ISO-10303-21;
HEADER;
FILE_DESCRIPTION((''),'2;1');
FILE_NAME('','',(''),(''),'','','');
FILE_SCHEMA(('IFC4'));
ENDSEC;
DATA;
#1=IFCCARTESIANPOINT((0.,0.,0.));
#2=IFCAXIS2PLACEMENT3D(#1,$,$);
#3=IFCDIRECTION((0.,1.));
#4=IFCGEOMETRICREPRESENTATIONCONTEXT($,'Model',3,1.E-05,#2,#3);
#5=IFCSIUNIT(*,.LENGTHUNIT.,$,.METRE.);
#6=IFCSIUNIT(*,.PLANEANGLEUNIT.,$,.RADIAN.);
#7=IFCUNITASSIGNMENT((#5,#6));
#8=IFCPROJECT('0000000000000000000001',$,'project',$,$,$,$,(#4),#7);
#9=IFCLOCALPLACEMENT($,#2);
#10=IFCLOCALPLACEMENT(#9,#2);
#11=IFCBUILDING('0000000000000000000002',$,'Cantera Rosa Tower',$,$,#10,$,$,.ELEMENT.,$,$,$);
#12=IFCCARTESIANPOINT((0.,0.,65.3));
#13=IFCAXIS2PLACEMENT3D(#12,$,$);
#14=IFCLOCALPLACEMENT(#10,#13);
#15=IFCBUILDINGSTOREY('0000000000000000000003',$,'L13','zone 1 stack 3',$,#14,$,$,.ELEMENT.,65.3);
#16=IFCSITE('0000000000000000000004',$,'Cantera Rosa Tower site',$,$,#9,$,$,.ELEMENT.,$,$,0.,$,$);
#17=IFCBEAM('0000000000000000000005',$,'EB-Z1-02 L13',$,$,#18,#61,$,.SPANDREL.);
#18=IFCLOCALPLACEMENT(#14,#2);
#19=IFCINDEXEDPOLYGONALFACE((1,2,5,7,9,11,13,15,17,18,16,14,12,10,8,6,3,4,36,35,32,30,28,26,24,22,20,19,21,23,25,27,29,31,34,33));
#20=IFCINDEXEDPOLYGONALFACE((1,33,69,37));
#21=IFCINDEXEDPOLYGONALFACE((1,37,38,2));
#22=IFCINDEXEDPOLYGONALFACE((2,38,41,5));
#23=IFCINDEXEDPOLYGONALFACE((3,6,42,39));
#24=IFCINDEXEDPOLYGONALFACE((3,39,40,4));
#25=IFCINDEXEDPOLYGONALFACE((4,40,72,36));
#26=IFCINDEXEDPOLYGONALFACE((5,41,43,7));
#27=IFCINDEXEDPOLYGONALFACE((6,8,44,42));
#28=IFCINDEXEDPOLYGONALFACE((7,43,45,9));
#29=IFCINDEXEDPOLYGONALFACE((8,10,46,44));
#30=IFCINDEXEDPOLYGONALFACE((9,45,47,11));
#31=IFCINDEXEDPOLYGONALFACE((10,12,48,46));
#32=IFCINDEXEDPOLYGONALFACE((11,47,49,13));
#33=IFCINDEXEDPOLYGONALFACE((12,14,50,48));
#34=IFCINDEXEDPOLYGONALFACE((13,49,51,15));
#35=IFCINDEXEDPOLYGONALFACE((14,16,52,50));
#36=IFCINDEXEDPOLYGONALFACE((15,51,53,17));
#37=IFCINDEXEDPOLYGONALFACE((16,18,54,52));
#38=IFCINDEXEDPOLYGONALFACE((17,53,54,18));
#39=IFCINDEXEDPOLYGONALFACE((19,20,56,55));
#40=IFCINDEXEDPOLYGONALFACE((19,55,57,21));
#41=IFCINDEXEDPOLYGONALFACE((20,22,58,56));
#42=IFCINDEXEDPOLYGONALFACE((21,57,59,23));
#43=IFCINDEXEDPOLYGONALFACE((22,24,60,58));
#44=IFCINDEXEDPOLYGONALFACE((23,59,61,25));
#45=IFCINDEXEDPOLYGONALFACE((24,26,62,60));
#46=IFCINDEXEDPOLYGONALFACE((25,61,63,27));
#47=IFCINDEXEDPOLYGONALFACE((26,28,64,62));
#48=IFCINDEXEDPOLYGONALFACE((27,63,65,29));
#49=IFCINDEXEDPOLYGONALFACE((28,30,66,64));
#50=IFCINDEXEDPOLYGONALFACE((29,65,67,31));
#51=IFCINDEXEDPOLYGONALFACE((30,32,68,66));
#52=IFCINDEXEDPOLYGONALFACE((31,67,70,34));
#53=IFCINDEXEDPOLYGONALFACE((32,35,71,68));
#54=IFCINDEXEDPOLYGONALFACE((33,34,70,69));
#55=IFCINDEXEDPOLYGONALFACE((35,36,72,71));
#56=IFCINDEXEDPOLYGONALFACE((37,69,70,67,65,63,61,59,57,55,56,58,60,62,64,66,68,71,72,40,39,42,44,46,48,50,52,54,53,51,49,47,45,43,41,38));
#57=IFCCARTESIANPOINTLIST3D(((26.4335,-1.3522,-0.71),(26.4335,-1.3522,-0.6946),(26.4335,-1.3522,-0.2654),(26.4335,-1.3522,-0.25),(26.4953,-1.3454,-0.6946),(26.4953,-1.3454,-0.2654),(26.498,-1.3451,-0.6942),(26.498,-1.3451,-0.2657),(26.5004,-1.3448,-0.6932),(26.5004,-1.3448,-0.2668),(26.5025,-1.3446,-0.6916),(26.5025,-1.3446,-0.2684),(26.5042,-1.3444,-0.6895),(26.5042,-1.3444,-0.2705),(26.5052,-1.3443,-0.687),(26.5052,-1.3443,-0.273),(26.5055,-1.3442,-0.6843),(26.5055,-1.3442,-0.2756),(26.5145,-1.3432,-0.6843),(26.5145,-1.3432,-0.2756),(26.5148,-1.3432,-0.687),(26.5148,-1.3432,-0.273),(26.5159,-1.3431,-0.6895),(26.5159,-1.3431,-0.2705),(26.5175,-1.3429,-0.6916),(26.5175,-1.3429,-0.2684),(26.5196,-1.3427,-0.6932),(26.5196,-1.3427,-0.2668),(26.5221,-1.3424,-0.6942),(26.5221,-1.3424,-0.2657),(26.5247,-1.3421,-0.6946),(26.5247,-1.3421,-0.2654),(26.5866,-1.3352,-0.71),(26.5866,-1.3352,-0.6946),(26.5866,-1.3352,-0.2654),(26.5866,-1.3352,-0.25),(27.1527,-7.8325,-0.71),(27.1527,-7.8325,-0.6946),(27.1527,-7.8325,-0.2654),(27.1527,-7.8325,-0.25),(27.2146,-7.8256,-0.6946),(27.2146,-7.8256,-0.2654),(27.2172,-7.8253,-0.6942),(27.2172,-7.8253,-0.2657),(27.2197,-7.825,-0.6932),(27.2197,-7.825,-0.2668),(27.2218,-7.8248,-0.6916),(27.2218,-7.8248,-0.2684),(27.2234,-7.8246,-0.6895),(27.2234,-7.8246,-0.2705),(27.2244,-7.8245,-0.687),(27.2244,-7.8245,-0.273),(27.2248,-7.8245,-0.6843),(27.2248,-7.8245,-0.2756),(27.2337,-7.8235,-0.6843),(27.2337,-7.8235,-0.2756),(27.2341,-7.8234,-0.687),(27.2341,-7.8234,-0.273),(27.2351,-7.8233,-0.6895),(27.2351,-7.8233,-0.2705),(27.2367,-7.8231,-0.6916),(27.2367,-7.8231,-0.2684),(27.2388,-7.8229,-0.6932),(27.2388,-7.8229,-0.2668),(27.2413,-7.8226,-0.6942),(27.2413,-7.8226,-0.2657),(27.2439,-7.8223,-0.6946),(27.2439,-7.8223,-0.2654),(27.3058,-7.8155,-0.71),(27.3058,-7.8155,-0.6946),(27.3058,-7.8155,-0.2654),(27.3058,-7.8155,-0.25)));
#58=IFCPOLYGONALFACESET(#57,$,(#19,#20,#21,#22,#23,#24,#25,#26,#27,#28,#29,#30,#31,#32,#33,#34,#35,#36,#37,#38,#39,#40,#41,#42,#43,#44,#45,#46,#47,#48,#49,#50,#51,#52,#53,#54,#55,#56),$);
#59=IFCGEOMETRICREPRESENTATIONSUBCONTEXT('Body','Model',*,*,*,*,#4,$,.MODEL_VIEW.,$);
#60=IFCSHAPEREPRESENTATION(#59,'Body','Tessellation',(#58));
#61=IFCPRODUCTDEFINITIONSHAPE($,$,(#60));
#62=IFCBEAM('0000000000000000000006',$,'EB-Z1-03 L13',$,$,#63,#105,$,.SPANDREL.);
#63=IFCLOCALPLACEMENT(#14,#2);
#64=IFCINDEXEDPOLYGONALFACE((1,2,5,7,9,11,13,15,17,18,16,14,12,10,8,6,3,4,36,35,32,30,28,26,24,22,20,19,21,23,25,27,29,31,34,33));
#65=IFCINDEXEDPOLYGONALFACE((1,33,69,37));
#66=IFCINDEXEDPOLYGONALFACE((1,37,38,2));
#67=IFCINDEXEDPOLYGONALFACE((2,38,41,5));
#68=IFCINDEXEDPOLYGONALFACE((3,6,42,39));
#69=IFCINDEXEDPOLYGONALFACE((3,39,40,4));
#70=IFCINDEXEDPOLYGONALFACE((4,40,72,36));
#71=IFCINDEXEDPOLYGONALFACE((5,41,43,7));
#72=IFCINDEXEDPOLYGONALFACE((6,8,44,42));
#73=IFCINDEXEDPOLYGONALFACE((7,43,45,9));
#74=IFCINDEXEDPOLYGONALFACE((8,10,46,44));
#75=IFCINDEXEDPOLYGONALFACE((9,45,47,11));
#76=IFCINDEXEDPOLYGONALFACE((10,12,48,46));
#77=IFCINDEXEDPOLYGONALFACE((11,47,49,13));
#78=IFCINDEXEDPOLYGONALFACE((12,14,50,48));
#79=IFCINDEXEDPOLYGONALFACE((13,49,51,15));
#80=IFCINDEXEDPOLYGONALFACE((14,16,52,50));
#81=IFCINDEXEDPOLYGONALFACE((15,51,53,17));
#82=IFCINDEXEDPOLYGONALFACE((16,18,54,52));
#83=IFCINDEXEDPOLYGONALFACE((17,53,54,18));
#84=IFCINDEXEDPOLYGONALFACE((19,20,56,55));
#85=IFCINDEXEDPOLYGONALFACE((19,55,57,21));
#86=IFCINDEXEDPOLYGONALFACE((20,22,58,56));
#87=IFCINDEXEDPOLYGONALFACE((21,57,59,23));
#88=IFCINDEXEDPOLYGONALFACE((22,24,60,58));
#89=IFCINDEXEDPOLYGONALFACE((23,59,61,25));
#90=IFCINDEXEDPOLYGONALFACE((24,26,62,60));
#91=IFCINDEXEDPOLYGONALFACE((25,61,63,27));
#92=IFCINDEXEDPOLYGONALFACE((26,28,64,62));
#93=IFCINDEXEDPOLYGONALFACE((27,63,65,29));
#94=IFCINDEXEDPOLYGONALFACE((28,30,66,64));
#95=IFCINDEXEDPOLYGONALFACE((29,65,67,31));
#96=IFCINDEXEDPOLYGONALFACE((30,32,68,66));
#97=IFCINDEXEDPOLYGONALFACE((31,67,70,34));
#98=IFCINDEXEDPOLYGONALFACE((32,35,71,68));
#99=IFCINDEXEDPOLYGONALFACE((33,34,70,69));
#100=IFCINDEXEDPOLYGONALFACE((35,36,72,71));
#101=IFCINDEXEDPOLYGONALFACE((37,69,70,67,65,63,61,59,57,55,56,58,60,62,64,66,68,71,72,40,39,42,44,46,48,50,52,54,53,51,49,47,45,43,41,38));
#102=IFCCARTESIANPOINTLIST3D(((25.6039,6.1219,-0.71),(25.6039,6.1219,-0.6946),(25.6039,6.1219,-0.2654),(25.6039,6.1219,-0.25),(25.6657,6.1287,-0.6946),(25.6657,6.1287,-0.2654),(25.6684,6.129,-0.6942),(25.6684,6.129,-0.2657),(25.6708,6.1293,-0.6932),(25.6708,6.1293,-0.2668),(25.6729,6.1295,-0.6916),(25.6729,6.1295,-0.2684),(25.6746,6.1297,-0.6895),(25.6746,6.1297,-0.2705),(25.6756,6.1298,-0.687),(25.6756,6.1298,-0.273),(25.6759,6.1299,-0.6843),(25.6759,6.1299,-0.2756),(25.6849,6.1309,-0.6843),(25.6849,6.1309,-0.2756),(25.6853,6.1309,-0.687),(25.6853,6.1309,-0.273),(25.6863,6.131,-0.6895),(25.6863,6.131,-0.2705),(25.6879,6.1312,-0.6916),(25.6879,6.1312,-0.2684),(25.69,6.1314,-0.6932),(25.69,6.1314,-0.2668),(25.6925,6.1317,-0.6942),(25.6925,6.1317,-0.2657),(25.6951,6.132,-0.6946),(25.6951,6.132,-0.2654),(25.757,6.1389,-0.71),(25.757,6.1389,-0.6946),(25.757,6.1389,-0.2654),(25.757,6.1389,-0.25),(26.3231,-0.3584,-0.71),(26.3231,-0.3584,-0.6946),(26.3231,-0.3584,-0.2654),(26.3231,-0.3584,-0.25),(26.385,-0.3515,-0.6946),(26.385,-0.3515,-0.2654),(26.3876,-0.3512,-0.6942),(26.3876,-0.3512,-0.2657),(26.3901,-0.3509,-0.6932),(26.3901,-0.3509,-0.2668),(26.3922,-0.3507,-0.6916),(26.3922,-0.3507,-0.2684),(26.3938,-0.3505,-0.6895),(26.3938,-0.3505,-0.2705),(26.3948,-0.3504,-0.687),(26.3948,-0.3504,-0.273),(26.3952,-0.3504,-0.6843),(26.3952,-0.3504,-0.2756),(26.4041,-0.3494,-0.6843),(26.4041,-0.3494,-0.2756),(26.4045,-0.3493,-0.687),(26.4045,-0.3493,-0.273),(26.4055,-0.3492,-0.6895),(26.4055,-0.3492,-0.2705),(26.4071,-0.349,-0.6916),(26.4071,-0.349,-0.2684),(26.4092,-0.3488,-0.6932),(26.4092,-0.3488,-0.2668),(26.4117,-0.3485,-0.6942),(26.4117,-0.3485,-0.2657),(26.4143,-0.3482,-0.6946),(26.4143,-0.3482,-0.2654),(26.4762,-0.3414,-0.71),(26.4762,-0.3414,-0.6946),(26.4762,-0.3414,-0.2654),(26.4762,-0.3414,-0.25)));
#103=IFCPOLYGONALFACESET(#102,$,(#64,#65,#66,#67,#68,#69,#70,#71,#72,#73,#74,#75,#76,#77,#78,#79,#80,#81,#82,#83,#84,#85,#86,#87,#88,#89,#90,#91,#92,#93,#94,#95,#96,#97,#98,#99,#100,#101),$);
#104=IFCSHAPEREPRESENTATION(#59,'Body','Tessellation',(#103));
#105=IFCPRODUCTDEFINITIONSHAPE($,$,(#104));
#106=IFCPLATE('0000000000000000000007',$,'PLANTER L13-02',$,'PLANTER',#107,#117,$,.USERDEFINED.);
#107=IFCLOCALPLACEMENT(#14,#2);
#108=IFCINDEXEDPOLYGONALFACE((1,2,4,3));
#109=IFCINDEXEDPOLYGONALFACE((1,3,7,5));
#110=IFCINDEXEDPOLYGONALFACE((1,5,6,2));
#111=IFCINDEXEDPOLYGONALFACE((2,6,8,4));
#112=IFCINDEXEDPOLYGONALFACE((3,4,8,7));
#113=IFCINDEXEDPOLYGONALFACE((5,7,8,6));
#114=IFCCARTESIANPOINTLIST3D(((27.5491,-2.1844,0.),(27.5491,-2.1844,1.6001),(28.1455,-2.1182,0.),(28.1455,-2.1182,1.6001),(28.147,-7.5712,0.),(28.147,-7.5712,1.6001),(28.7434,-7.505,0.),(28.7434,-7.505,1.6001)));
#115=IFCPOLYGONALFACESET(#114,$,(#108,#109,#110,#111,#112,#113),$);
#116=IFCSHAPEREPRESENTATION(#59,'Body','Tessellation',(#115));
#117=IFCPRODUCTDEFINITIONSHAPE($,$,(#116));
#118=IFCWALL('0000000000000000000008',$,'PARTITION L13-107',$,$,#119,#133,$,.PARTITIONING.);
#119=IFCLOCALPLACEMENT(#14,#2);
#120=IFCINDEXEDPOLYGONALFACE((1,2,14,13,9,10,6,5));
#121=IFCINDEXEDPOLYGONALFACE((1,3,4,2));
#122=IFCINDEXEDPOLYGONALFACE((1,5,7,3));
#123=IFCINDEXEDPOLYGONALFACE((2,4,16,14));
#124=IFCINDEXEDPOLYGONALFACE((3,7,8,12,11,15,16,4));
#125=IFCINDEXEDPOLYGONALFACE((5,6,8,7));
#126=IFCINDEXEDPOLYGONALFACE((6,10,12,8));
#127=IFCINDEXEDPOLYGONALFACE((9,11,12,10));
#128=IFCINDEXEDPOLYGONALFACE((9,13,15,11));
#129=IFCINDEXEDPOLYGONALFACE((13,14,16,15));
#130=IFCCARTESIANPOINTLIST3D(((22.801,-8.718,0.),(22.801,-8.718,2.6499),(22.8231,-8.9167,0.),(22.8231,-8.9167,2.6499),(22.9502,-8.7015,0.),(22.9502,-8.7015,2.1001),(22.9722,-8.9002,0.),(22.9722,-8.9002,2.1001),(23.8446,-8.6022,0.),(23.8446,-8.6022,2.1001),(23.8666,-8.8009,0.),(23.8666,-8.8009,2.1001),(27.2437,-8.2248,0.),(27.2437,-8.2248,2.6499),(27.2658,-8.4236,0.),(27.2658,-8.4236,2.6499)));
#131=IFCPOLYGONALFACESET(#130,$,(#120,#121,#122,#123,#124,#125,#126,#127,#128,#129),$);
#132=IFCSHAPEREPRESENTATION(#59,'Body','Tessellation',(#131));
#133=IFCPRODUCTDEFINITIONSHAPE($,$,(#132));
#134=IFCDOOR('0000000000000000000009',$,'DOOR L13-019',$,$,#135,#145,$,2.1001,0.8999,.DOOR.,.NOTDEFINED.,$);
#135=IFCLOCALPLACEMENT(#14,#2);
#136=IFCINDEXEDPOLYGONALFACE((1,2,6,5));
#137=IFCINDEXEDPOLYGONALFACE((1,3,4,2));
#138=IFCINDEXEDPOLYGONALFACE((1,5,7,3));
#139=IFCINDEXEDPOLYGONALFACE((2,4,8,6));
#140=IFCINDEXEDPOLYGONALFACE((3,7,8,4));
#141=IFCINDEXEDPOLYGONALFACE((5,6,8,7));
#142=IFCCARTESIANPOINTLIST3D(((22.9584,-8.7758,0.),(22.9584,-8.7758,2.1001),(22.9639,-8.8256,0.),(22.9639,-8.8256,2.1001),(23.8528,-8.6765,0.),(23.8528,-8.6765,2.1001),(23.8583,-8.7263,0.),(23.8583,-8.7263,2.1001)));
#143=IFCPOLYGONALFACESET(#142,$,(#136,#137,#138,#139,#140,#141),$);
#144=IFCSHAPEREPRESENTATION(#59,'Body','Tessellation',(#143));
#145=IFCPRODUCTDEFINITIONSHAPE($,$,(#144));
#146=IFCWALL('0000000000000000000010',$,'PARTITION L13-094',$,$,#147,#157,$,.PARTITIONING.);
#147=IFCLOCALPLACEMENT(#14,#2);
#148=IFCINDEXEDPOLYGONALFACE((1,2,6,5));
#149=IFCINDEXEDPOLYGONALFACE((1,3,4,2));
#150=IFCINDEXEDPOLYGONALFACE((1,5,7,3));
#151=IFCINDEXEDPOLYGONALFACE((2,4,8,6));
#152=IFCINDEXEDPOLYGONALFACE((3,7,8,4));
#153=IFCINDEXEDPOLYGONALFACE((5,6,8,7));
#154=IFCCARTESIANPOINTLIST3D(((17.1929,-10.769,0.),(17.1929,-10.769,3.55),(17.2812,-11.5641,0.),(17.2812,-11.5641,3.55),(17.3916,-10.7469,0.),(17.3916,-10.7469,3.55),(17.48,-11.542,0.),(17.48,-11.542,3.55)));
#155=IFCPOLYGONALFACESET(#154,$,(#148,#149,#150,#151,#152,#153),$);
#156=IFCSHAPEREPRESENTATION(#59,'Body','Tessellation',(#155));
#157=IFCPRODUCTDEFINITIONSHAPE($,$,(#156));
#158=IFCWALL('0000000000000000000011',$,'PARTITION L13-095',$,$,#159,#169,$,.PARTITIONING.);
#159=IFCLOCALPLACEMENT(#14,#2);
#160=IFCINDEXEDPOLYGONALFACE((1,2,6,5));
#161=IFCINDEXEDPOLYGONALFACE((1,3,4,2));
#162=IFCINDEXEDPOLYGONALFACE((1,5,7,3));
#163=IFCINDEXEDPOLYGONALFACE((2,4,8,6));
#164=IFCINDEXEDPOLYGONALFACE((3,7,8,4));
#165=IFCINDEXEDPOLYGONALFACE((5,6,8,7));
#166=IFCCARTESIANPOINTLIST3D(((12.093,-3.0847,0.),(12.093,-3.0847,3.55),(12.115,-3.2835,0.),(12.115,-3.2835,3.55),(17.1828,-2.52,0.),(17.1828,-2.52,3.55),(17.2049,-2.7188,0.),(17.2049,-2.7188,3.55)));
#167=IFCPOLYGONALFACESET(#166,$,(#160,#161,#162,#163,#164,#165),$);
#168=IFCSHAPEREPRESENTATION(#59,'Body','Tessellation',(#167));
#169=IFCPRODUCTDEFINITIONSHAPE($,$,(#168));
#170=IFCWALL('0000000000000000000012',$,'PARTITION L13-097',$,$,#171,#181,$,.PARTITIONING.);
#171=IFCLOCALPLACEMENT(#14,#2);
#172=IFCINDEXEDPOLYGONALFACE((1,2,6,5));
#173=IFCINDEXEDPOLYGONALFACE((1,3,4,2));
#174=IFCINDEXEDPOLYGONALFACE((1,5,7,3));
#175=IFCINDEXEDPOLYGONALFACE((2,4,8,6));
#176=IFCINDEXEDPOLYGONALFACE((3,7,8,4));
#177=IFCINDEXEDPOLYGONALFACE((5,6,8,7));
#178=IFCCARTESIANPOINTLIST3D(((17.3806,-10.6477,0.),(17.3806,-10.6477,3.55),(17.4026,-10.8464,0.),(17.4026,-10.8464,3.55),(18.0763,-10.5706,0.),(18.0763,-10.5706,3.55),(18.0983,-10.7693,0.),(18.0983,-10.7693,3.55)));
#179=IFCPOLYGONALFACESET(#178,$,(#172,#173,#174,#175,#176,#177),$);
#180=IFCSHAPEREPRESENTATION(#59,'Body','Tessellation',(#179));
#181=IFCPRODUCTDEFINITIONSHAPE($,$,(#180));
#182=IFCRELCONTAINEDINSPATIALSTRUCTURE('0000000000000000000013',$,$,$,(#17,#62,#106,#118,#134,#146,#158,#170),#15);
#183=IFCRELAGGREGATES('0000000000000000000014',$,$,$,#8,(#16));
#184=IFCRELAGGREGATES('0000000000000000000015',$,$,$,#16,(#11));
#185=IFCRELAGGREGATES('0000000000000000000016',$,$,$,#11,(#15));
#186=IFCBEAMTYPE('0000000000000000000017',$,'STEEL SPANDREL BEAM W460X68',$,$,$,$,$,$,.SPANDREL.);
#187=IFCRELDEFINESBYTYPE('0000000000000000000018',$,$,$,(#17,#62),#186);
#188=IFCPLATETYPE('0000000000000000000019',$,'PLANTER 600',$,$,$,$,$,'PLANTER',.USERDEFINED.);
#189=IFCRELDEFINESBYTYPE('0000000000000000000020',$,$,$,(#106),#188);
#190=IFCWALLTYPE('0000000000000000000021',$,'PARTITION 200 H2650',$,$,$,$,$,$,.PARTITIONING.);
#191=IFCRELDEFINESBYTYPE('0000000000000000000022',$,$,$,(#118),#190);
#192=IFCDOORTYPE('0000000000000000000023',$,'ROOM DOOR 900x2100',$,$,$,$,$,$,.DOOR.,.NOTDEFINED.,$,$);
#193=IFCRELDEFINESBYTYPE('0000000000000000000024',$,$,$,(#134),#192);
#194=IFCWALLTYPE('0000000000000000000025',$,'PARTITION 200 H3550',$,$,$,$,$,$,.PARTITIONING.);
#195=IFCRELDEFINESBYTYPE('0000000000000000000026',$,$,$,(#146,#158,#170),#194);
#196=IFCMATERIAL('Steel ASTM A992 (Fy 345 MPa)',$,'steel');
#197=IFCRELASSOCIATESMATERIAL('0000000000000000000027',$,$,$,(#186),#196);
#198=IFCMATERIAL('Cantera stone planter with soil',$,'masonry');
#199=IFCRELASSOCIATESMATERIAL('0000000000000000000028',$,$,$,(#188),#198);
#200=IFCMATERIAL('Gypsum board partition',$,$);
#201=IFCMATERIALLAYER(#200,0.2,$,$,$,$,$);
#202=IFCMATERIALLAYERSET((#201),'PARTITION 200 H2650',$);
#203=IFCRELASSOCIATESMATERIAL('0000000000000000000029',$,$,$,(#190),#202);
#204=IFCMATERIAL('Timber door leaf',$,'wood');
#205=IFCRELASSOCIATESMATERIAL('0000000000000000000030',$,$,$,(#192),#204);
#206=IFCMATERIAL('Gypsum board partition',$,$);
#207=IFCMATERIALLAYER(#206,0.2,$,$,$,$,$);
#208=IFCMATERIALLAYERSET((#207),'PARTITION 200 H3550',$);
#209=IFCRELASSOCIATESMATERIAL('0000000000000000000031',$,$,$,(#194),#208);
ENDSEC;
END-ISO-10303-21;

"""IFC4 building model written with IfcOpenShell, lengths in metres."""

from ifc_helpers import new_model, si_unit, direction, frame, frame_2d, origin, origin_2d, place, context, subcontext, project, spatial, rectangle, i_section, extrude, material, layer, layer_set, material_profile, profile_set, type_object, element, fill, save


model = new_model("IFC4")

# Units and contexts
model_context = context("Model", 3, precision=1e-05, world=origin(), true_north=direction((0.0, 1.0)))
body_context = subcontext(model_context, "Body", "Model", "MODEL_VIEW")
ifc_project = project(units=[si_unit("LENGTHUNIT", "METRE"), si_unit("PLANEANGLEUNIT", "RADIAN")], contexts=[model_context])

# Site, building, storey
site_placement = place(None, origin())
site = spatial("IfcSite", under=ifc_project, at=site_placement, Name="Cantera Rosa Tower site", CompositionType="ELEMENT", RefElevation=0.0)
building_placement = place(site_placement, origin())
building = spatial("IfcBuilding", under=site, at=building_placement, Name="Cantera Rosa Tower", CompositionType="ELEMENT")
storey_placement = place(building_placement, frame((0.0, 0.0, 65.3)))
storey = spatial("IfcBuildingStorey", under=building, at=storey_placement, Name="L13", Description="zone 1 stack 3", CompositionType="ELEMENT", Elevation=65.3)

# Beams
ifc_material_1 = material(Name="Steel ASTM A992 (Fy 345 MPa)", Category="steel")
ifc_material_profile_1 = material_profile(ifc_material_1, i_section(OverallWidth=0.1541, OverallDepth=0.46, WebThickness=0.009, FlangeThickness=0.0154, FilletRadius=0.0103, at=origin_2d()), Name="W460X68")
ifc_profile_set_1 = profile_set([ifc_material_profile_1], Name="Steel ASTM A992 (Fy 345 MPa)")
beam_type_1 = type_object("IfcBeamType", Name="STEEL SPANDREL BEAM W460X68", PredefinedType="SPANDREL", material=ifc_profile_set_1)
for number, where, z_axis, x_axis, name in (
    (1, (27.2292, -7.824, -0.48), (-0.110312, 0.993897, 0.0), (-0.993897, -0.110312, 0.0), "EB-Z1-02 L13"),
    (2, (26.3997, -0.3499, -0.48), (-0.110312, 0.993897, 0.0), (-0.993897, -0.110312, 0.0), "EB-Z1-03 L13"),
):
    element("IfcBeam", number, at=place(storey_placement, frame(where, z_axis=z_axis, x_axis=x_axis)), inside=storey, type_object=beam_type_1, Name=name, PredefinedType="SPANDREL", context=body_context, shape_type="SweptSolid", body=[
        extrude(i_section(OverallWidth=0.1541, OverallDepth=0.46, WebThickness=0.009, FlangeThickness=0.0154, FilletRadius=0.0103, at=origin_2d()), origin(), (0.0, 0.0, 1.0), 6.52),
    ])

# Plate
ifc_material_2 = material(Name="Cantera stone planter with soil", Category="masonry")
plate_type = type_object("IfcPlateType", Name="PLANTER 600", ElementType="PLANTER", PredefinedType="USERDEFINED", material=ifc_material_2)
plate_placement = place(storey_placement, frame((28.1462, -4.8447, 0.0), z_axis=(0.0, 0.0, 1.0), x_axis=(-0.110313, 0.993897, 0.0)))
element("IfcPlate", 3, at=plate_placement, inside=storey, type_object=plate_type, Name="PLANTER L13-02", ObjectType="PLANTER", PredefinedType="USERDEFINED", context=body_context, shape_type="SweptSolid", body=[
    extrude(rectangle(XDim=5.4199, YDim=0.6001, at=origin_2d()), origin(), (0.0, 0.0, 1.0), 1.6001),
])

# Wall, opening, door
ifc_material_3 = material(Name="Gypsum board partition")
ifc_layer_1 = layer(ifc_material_3, 0.2)
ifc_layer_set_1 = layer_set([ifc_layer_1], Name="PARTITION 200 H2650")
wall_type_1 = type_object("IfcWallType", Name="PARTITION 200 H2650", PredefinedType="PARTITIONING", material=ifc_layer_set_1)
wall_1_placement = place(storey_placement, frame((27.2546, -8.3242, 0.0), z_axis=(0.0, 0.0, 1.0), x_axis=(-0.993895, -0.11033, 0.0)))
wall_1 = element("IfcWall", 4, at=wall_1_placement, inside=storey, type_object=wall_type_1, Name="PARTITION L13-107", PredefinedType="PARTITIONING", context=body_context, shape_type="SweptSolid", body=[
    extrude(rectangle(XDim=4.47, YDim=0.2, at=frame_2d((2.2349, 0.0))), origin(), (0.0, 0.0, 1.0), 2.6499),
])
opening_1_placement = place(wall_1_placement, frame((3.4199, 0.0, 0.0)))
opening_1 = element("IfcOpeningElement", 5, at=opening_1_placement, cuts=wall_1, PredefinedType="OPENING", context=body_context, shape_type="SweptSolid", body=[
    extrude(rectangle(XDim=0.8999, YDim=2.1001, at=frame_2d((0.45, 1.05))), frame((0.0, 0.1099, 0.0), z_axis=(0.0, -1.0, 0.0), x_axis=(1.0, 0.0, 0.0)), (0.0, 0.0, 1.0), 0.22),
])
ifc_material_4 = material(Name="Timber door leaf", Category="wood")
door_type_1 = type_object("IfcDoorType", Name="ROOM DOOR 900x2100", OperationType="NOTDEFINED", PredefinedType="DOOR", material=ifc_material_4)
door_1_placement = place(opening_1_placement, origin())
door_1 = element("IfcDoor", 6, at=door_1_placement, inside=storey, type_object=door_type_1, Name="DOOR L13-019", OperationType="NOTDEFINED", OverallHeight=2.1001, OverallWidth=0.8999, PredefinedType="DOOR", context=body_context, shape_type="SweptSolid", body=[
    extrude(rectangle(XDim=0.8999, YDim=2.1001, at=frame_2d((0.45, 1.05))), frame((0.0, 0.0249, 0.0), z_axis=(0.0, -1.0, 0.0), x_axis=(1.0, 0.0, 0.0)), (0.0, 0.0, 1.0), 0.05),
])
fill(opening_1, door_1)

# Walls
ifc_material_5 = material(Name="Gypsum board partition")
ifc_layer_2 = layer(ifc_material_5, 0.2)
ifc_layer_set_2 = layer_set([ifc_layer_2], Name="PARTITION 200 H3550")
wall_type_2 = type_object("IfcWallType", Name="PARTITION 200 H3550", PredefinedType="PARTITIONING", material=ifc_layer_set_2)
wall_2_placement = place(storey_placement, frame((17.2922, -10.7581, 0.0), z_axis=(0.0, 0.0, 1.0), x_axis=(0.110465, -0.99388, 0.0)))
element("IfcWall", 7, at=wall_2_placement, inside=storey, type_object=wall_type_2, Name="PARTITION L13-094", PredefinedType="PARTITIONING", context=body_context, shape_type="SweptSolid", body=[
    extrude(rectangle(XDim=0.8, YDim=0.2, at=frame_2d((0.3999, 0.0))), origin(), (0.0, 0.0, 1.0), 3.55),
])
wall_3_placement = place(storey_placement, frame((17.1938, -2.6194, 0.0), z_axis=(0.0, 0.0, 1.0), x_axis=(-0.993902, -0.110269, 0.0)))
element("IfcWall", 8, at=wall_3_placement, inside=storey, type_object=wall_type_2, Name="PARTITION L13-095", PredefinedType="PARTITIONING", context=body_context, shape_type="SweptSolid", body=[
    extrude(rectangle(XDim=5.1211, YDim=0.2, at=frame_2d((2.5605, 0.0))), origin(), (0.0, 0.0, 1.0), 3.55),
])
wall_4_placement = place(storey_placement, frame((18.0874, -10.6699, 0.0), z_axis=(0.0, 0.0, 1.0), x_axis=(-0.993909, -0.110202, 0.0)))
element("IfcWall", 9, at=wall_4_placement, inside=storey, type_object=wall_type_2, Name="PARTITION L13-097", PredefinedType="PARTITIONING", context=body_context, shape_type="SweptSolid", body=[
    extrude(rectangle(XDim=0.7, YDim=0.2, at=frame_2d((0.3501, 0.0))), origin(), (0.0, 0.0, 1.0), 3.55),
])

save(model, "model.ifc")
